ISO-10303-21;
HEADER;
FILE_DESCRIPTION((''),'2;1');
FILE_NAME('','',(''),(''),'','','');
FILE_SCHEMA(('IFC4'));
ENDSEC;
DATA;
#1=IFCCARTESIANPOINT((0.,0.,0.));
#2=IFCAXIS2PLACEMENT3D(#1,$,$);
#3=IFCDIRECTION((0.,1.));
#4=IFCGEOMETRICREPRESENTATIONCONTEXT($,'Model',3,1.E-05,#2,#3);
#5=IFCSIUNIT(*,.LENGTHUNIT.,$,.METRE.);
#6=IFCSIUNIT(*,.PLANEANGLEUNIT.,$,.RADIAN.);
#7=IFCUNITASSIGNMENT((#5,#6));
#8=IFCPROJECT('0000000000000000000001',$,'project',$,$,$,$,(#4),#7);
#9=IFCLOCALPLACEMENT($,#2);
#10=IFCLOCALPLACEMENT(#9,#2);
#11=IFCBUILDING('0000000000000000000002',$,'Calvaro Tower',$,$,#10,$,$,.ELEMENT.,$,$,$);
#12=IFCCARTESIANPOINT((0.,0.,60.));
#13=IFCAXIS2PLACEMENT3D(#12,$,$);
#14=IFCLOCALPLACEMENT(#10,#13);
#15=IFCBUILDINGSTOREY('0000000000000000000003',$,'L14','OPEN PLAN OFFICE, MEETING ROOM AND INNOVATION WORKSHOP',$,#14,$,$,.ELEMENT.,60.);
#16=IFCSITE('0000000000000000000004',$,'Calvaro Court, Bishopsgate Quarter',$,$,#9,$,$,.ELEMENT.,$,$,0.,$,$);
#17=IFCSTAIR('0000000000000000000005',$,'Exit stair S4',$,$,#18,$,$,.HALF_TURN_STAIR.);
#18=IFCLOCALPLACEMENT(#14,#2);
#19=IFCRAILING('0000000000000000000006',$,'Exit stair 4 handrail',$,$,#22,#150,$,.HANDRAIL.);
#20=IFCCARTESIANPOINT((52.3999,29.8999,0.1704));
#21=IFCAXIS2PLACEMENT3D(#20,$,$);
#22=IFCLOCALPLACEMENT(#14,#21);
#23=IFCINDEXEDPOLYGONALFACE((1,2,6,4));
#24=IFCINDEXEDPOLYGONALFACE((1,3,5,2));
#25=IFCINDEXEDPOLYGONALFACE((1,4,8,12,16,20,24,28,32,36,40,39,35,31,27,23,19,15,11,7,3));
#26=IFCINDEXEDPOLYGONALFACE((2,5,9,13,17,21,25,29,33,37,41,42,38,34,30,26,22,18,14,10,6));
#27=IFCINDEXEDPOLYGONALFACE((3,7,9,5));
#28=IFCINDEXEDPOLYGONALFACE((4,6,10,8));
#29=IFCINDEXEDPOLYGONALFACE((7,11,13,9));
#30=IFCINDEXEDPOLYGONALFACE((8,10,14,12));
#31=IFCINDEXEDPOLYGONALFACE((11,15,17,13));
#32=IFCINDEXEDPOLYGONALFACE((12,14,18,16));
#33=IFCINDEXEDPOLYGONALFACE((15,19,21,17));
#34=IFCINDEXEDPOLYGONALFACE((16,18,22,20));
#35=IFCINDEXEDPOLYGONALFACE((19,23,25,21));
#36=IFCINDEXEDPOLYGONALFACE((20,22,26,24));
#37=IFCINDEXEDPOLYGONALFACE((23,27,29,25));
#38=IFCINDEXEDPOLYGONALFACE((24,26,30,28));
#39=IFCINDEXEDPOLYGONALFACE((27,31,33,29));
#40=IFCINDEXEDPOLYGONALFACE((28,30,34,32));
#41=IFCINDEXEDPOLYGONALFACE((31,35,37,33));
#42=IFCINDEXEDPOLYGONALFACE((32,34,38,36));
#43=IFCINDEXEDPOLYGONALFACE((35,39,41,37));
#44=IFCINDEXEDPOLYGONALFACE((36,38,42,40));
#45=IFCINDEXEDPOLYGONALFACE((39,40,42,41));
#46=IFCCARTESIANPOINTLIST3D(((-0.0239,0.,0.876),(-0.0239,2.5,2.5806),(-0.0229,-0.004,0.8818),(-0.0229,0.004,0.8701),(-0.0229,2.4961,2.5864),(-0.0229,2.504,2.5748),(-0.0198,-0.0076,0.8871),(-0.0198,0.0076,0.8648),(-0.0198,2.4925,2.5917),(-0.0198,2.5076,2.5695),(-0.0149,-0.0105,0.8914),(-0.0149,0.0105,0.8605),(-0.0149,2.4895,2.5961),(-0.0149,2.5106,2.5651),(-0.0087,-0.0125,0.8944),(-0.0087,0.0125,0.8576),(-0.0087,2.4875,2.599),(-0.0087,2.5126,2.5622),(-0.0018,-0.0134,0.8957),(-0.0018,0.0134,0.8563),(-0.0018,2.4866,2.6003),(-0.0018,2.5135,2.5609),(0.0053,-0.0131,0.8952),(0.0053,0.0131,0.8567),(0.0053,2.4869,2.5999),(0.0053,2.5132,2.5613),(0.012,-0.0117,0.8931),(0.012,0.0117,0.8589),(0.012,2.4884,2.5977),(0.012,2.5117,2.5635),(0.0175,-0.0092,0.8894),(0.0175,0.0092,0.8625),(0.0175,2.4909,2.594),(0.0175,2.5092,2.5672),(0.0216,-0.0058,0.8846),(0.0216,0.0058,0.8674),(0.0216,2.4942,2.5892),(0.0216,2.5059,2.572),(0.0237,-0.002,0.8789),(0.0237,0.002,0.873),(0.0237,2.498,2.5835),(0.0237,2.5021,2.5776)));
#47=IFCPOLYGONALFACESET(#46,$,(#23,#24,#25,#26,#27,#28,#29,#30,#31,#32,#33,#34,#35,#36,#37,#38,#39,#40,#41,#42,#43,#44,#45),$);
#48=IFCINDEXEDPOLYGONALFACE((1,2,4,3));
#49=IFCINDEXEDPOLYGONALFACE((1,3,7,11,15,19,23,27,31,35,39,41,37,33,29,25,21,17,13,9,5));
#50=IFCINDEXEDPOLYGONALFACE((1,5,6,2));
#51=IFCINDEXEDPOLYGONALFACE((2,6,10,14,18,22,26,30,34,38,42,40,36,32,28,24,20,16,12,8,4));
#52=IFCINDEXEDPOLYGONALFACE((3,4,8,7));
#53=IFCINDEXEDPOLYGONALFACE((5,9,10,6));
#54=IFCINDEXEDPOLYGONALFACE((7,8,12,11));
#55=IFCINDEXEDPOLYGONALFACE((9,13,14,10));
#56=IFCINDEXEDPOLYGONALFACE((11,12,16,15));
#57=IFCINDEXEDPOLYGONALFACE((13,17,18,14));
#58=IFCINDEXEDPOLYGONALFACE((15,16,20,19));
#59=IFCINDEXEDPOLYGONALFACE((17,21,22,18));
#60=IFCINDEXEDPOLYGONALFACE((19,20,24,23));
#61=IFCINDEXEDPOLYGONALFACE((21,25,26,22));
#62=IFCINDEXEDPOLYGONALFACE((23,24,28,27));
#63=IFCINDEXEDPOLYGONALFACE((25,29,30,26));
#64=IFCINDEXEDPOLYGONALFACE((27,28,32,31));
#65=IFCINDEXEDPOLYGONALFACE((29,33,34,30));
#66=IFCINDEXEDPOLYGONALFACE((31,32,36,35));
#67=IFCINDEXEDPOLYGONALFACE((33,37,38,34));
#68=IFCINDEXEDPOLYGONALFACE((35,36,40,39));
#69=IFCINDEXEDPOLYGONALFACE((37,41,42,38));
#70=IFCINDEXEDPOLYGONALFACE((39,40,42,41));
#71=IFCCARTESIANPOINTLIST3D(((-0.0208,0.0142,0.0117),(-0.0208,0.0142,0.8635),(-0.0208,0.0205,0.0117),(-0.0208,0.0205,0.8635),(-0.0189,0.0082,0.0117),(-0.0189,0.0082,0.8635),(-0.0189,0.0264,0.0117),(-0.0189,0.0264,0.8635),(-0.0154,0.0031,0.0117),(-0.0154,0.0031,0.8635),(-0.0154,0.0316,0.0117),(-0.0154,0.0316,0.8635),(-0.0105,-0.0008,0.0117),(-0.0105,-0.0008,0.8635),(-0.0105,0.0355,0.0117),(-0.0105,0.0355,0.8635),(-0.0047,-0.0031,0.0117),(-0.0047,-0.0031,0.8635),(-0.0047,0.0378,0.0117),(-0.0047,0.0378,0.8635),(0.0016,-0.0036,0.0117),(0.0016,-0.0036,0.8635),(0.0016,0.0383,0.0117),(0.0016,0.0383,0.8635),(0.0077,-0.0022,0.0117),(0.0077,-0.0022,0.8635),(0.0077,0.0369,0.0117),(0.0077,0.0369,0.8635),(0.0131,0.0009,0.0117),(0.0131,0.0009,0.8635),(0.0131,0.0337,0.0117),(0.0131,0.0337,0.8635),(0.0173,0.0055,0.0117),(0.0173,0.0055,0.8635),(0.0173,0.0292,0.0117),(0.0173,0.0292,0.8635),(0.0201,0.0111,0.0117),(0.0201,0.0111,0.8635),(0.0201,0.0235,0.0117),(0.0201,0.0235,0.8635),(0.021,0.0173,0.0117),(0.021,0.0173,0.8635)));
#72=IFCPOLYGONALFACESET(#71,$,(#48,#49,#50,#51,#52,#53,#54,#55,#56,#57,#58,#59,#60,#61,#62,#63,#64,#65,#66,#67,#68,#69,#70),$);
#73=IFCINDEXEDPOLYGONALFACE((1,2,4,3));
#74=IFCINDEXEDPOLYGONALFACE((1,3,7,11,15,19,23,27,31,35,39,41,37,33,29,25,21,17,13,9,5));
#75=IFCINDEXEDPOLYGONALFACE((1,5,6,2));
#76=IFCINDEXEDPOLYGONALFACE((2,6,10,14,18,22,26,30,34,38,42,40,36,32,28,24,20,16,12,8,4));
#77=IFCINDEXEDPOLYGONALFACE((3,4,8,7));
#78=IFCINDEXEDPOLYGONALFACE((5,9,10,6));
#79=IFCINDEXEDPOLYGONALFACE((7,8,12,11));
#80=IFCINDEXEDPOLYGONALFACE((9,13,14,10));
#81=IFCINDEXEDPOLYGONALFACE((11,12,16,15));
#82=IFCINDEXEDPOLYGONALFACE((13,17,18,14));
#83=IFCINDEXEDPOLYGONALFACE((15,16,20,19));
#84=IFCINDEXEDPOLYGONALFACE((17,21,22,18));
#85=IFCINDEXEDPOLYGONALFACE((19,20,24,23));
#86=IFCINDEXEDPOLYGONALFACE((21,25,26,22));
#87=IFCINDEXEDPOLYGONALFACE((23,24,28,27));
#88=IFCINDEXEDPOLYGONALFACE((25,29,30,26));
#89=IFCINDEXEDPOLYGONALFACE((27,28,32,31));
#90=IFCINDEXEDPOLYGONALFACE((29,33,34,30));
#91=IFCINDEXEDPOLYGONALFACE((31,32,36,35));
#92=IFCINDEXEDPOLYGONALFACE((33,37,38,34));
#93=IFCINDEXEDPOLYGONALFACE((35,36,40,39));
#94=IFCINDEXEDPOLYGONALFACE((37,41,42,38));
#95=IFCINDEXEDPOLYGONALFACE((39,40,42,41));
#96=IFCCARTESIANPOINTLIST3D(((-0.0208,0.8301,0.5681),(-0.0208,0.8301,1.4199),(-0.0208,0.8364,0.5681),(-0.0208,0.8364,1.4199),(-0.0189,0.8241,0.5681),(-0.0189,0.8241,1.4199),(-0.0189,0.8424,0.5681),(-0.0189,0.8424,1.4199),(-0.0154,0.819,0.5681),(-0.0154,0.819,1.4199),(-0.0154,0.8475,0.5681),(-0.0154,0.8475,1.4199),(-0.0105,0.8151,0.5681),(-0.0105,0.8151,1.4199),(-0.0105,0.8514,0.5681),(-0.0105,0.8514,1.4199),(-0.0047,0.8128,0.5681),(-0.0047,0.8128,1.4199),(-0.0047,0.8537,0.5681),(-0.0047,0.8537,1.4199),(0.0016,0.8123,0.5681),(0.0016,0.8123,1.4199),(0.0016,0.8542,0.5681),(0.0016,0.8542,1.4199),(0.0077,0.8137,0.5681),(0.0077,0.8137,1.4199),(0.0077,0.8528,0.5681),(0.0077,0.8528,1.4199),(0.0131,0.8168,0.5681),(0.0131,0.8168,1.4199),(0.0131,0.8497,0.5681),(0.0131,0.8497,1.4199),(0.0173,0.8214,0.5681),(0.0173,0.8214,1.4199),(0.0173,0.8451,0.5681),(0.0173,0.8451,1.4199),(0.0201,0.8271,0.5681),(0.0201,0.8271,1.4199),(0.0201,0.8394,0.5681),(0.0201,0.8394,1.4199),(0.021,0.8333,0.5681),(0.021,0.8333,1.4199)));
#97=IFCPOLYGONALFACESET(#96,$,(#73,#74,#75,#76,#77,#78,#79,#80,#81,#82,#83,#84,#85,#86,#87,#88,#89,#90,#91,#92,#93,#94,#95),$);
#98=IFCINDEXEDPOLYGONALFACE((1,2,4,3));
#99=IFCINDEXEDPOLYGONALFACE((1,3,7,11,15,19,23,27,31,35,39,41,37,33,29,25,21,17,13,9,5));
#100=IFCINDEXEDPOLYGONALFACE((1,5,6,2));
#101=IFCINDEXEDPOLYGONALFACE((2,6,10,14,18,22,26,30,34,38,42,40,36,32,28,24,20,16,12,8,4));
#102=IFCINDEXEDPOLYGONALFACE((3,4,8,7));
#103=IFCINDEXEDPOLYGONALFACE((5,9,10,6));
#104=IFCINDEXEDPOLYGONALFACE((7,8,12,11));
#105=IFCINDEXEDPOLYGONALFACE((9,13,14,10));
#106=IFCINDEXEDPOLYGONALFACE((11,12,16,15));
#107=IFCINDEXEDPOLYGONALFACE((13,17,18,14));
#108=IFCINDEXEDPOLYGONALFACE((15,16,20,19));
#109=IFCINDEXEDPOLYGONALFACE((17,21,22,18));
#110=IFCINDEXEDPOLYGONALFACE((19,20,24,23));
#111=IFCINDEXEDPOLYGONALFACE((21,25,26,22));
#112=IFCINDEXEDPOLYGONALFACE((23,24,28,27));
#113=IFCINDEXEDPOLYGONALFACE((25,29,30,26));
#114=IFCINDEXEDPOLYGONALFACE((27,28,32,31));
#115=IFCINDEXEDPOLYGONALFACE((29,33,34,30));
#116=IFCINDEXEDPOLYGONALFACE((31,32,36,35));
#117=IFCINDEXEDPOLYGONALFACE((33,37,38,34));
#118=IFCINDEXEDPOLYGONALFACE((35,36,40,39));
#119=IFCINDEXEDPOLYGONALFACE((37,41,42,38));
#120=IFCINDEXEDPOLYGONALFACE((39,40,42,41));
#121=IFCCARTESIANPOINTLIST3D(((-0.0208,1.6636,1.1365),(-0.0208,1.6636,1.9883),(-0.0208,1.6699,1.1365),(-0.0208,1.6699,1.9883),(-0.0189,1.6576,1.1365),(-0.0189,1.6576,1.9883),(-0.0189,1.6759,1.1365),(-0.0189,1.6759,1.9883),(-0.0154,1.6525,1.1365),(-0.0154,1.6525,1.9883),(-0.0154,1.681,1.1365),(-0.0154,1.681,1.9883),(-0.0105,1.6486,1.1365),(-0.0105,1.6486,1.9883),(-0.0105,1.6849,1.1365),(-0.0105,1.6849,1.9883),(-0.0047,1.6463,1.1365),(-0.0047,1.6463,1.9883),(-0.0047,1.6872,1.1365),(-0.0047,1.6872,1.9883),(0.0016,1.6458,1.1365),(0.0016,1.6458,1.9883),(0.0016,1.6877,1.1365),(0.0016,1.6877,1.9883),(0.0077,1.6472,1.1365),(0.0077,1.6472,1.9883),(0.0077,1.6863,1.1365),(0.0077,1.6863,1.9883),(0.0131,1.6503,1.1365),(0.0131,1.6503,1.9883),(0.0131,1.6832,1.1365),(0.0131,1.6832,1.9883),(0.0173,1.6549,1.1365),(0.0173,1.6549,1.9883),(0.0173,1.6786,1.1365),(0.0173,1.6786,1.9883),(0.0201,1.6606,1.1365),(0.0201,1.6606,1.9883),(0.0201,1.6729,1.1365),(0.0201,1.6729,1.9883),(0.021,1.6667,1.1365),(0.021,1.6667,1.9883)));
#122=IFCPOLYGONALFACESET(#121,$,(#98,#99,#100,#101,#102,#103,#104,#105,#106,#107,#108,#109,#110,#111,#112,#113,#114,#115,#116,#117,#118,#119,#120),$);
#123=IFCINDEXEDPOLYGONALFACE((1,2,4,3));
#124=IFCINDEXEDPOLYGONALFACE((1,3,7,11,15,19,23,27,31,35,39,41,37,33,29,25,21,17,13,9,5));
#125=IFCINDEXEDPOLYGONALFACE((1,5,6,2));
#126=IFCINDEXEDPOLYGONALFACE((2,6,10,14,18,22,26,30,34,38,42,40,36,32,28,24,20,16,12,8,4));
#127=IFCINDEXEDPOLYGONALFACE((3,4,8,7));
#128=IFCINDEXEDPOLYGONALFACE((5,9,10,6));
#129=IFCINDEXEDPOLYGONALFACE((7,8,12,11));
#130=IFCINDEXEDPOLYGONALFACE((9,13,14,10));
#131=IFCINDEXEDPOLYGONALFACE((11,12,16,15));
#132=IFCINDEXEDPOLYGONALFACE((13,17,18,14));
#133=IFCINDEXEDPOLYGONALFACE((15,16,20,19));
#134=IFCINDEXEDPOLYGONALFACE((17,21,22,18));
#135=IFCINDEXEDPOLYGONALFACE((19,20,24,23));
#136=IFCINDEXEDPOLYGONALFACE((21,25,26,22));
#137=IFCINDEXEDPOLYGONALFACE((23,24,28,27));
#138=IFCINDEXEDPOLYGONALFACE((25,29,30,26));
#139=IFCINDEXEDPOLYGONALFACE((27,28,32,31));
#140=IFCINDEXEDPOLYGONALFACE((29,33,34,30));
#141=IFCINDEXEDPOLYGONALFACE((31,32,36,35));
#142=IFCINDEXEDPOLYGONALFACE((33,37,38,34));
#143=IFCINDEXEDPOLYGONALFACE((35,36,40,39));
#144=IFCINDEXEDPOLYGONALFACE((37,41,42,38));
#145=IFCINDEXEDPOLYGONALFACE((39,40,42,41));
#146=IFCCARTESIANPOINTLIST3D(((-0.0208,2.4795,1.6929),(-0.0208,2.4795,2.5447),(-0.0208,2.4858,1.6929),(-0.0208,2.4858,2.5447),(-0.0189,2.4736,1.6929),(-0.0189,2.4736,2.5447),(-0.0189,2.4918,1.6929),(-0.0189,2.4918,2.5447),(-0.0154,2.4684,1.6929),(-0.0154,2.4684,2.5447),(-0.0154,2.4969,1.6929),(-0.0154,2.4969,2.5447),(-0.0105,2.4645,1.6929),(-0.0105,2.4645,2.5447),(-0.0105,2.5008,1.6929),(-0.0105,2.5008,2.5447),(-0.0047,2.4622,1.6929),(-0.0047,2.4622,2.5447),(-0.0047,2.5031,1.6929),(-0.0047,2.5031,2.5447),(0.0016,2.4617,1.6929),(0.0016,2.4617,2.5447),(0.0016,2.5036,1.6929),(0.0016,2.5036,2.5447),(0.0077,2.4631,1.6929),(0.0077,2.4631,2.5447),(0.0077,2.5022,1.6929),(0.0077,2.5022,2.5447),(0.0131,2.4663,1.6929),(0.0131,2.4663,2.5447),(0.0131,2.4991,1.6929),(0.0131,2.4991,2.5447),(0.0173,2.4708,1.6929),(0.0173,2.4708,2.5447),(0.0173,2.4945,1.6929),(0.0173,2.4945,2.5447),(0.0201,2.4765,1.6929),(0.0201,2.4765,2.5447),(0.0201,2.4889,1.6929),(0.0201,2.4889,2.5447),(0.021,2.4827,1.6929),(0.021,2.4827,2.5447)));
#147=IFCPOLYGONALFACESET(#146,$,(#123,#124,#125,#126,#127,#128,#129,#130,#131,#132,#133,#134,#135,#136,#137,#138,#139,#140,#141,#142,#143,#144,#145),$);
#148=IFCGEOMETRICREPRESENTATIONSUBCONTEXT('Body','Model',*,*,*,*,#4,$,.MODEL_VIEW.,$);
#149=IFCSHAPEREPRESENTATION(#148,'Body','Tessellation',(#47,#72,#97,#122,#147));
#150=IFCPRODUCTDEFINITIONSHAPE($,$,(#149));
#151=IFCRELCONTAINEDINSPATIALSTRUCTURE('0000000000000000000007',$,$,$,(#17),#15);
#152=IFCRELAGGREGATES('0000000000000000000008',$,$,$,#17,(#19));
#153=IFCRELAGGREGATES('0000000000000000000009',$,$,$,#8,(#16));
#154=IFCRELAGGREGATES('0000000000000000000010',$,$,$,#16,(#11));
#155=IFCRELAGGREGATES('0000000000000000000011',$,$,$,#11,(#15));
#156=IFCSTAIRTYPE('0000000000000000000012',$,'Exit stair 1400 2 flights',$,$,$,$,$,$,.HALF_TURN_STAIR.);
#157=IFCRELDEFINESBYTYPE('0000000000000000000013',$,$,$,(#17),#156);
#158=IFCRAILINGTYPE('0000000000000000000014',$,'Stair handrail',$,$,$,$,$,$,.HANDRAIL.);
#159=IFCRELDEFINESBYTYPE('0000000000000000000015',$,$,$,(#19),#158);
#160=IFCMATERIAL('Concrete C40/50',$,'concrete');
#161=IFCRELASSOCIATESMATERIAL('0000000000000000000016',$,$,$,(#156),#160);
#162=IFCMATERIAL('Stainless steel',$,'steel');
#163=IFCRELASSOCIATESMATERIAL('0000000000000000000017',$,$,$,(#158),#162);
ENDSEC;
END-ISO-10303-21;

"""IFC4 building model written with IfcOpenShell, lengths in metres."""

from ifc_helpers import new_model, si_unit, direction, frame, origin, origin_2d, place, context, subcontext, project, spatial, circle, extrude, material, type_object, element, aggregate, save


model = new_model("IFC4")

# Units and contexts
model_context = context("Model", 3, precision=1e-05, world=origin(), true_north=direction((0.0, 1.0)))
body_context = subcontext(model_context, "Body", "Model", "MODEL_VIEW")
ifc_project = project(units=[si_unit("LENGTHUNIT", "METRE"), si_unit("PLANEANGLEUNIT", "RADIAN")], contexts=[model_context])

# Site, building, storey
site_placement = place(None, origin())
site = spatial("IfcSite", under=ifc_project, at=site_placement, Name="Calvaro Court, Bishopsgate Quarter", CompositionType="ELEMENT", RefElevation=0.0)
building_placement = place(site_placement, origin())
building = spatial("IfcBuilding", under=site, at=building_placement, Name="Calvaro Tower", CompositionType="ELEMENT")
storey_placement = place(building_placement, frame((0.0, 0.0, 60.0)))
storey = spatial("IfcBuildingStorey", under=building, at=storey_placement, Name="L14", Description="OPEN PLAN OFFICE, MEETING ROOM AND INNOVATION WORKSHOP", CompositionType="ELEMENT", Elevation=60.0)

# Stair
ifc_material_1 = material(Name="Concrete C40/50", Category="concrete")
stair_type = type_object("IfcStairType", Name="Exit stair 1400 2 flights", PredefinedType="HALF_TURN_STAIR", material=ifc_material_1)
stair_1_placement = place(storey_placement, origin())
stair_1 = element("IfcStair", 1, at=stair_1_placement, inside=storey, type_object=stair_type, Name="Exit stair S4", PredefinedType="HALF_TURN_STAIR")

# Railing
ifc_material_2 = material(Name="Stainless steel", Category="steel")
railing_type = type_object("IfcRailingType", Name="Stair handrail", PredefinedType="HANDRAIL", material=ifc_material_2)
railing_1_placement = place(storey_placement, frame((52.3999, 29.8999, 0.1704)))
railing_1 = element("IfcRailing", 2, at=railing_1_placement, type_object=railing_type, Name="Exit stair 4 handrail", PredefinedType="HANDRAIL", context=body_context, shape_type="SweptSolid", body=[
    extrude(circle(Radius=0.0239, at=origin_2d()), frame((0.0, 0.0, 0.876), z_axis=(0.0, 0.826221, 0.563347), x_axis=(-1.0, 0.0, 0.0)), (0.0, 0.0, 1.0), 3.0259),
    extrude(circle(Radius=0.021, at=origin_2d()), frame((0.0, 0.0173, 0.0117)), (0.0, 0.0, 1.0), 0.8518),
    extrude(circle(Radius=0.021, at=origin_2d()), frame((0.0, 0.8333, 0.5681)), (0.0, 0.0, 1.0), 0.8518),
    extrude(circle(Radius=0.021, at=origin_2d()), frame((0.0, 1.6667, 1.1365)), (0.0, 0.0, 1.0), 0.8518),
    extrude(circle(Radius=0.021, at=origin_2d()), frame((0.0, 2.4827, 1.6929)), (0.0, 0.0, 1.0), 0.8518),
])
aggregate(stair_1, [railing_1])

save(model, "model.ifc")
